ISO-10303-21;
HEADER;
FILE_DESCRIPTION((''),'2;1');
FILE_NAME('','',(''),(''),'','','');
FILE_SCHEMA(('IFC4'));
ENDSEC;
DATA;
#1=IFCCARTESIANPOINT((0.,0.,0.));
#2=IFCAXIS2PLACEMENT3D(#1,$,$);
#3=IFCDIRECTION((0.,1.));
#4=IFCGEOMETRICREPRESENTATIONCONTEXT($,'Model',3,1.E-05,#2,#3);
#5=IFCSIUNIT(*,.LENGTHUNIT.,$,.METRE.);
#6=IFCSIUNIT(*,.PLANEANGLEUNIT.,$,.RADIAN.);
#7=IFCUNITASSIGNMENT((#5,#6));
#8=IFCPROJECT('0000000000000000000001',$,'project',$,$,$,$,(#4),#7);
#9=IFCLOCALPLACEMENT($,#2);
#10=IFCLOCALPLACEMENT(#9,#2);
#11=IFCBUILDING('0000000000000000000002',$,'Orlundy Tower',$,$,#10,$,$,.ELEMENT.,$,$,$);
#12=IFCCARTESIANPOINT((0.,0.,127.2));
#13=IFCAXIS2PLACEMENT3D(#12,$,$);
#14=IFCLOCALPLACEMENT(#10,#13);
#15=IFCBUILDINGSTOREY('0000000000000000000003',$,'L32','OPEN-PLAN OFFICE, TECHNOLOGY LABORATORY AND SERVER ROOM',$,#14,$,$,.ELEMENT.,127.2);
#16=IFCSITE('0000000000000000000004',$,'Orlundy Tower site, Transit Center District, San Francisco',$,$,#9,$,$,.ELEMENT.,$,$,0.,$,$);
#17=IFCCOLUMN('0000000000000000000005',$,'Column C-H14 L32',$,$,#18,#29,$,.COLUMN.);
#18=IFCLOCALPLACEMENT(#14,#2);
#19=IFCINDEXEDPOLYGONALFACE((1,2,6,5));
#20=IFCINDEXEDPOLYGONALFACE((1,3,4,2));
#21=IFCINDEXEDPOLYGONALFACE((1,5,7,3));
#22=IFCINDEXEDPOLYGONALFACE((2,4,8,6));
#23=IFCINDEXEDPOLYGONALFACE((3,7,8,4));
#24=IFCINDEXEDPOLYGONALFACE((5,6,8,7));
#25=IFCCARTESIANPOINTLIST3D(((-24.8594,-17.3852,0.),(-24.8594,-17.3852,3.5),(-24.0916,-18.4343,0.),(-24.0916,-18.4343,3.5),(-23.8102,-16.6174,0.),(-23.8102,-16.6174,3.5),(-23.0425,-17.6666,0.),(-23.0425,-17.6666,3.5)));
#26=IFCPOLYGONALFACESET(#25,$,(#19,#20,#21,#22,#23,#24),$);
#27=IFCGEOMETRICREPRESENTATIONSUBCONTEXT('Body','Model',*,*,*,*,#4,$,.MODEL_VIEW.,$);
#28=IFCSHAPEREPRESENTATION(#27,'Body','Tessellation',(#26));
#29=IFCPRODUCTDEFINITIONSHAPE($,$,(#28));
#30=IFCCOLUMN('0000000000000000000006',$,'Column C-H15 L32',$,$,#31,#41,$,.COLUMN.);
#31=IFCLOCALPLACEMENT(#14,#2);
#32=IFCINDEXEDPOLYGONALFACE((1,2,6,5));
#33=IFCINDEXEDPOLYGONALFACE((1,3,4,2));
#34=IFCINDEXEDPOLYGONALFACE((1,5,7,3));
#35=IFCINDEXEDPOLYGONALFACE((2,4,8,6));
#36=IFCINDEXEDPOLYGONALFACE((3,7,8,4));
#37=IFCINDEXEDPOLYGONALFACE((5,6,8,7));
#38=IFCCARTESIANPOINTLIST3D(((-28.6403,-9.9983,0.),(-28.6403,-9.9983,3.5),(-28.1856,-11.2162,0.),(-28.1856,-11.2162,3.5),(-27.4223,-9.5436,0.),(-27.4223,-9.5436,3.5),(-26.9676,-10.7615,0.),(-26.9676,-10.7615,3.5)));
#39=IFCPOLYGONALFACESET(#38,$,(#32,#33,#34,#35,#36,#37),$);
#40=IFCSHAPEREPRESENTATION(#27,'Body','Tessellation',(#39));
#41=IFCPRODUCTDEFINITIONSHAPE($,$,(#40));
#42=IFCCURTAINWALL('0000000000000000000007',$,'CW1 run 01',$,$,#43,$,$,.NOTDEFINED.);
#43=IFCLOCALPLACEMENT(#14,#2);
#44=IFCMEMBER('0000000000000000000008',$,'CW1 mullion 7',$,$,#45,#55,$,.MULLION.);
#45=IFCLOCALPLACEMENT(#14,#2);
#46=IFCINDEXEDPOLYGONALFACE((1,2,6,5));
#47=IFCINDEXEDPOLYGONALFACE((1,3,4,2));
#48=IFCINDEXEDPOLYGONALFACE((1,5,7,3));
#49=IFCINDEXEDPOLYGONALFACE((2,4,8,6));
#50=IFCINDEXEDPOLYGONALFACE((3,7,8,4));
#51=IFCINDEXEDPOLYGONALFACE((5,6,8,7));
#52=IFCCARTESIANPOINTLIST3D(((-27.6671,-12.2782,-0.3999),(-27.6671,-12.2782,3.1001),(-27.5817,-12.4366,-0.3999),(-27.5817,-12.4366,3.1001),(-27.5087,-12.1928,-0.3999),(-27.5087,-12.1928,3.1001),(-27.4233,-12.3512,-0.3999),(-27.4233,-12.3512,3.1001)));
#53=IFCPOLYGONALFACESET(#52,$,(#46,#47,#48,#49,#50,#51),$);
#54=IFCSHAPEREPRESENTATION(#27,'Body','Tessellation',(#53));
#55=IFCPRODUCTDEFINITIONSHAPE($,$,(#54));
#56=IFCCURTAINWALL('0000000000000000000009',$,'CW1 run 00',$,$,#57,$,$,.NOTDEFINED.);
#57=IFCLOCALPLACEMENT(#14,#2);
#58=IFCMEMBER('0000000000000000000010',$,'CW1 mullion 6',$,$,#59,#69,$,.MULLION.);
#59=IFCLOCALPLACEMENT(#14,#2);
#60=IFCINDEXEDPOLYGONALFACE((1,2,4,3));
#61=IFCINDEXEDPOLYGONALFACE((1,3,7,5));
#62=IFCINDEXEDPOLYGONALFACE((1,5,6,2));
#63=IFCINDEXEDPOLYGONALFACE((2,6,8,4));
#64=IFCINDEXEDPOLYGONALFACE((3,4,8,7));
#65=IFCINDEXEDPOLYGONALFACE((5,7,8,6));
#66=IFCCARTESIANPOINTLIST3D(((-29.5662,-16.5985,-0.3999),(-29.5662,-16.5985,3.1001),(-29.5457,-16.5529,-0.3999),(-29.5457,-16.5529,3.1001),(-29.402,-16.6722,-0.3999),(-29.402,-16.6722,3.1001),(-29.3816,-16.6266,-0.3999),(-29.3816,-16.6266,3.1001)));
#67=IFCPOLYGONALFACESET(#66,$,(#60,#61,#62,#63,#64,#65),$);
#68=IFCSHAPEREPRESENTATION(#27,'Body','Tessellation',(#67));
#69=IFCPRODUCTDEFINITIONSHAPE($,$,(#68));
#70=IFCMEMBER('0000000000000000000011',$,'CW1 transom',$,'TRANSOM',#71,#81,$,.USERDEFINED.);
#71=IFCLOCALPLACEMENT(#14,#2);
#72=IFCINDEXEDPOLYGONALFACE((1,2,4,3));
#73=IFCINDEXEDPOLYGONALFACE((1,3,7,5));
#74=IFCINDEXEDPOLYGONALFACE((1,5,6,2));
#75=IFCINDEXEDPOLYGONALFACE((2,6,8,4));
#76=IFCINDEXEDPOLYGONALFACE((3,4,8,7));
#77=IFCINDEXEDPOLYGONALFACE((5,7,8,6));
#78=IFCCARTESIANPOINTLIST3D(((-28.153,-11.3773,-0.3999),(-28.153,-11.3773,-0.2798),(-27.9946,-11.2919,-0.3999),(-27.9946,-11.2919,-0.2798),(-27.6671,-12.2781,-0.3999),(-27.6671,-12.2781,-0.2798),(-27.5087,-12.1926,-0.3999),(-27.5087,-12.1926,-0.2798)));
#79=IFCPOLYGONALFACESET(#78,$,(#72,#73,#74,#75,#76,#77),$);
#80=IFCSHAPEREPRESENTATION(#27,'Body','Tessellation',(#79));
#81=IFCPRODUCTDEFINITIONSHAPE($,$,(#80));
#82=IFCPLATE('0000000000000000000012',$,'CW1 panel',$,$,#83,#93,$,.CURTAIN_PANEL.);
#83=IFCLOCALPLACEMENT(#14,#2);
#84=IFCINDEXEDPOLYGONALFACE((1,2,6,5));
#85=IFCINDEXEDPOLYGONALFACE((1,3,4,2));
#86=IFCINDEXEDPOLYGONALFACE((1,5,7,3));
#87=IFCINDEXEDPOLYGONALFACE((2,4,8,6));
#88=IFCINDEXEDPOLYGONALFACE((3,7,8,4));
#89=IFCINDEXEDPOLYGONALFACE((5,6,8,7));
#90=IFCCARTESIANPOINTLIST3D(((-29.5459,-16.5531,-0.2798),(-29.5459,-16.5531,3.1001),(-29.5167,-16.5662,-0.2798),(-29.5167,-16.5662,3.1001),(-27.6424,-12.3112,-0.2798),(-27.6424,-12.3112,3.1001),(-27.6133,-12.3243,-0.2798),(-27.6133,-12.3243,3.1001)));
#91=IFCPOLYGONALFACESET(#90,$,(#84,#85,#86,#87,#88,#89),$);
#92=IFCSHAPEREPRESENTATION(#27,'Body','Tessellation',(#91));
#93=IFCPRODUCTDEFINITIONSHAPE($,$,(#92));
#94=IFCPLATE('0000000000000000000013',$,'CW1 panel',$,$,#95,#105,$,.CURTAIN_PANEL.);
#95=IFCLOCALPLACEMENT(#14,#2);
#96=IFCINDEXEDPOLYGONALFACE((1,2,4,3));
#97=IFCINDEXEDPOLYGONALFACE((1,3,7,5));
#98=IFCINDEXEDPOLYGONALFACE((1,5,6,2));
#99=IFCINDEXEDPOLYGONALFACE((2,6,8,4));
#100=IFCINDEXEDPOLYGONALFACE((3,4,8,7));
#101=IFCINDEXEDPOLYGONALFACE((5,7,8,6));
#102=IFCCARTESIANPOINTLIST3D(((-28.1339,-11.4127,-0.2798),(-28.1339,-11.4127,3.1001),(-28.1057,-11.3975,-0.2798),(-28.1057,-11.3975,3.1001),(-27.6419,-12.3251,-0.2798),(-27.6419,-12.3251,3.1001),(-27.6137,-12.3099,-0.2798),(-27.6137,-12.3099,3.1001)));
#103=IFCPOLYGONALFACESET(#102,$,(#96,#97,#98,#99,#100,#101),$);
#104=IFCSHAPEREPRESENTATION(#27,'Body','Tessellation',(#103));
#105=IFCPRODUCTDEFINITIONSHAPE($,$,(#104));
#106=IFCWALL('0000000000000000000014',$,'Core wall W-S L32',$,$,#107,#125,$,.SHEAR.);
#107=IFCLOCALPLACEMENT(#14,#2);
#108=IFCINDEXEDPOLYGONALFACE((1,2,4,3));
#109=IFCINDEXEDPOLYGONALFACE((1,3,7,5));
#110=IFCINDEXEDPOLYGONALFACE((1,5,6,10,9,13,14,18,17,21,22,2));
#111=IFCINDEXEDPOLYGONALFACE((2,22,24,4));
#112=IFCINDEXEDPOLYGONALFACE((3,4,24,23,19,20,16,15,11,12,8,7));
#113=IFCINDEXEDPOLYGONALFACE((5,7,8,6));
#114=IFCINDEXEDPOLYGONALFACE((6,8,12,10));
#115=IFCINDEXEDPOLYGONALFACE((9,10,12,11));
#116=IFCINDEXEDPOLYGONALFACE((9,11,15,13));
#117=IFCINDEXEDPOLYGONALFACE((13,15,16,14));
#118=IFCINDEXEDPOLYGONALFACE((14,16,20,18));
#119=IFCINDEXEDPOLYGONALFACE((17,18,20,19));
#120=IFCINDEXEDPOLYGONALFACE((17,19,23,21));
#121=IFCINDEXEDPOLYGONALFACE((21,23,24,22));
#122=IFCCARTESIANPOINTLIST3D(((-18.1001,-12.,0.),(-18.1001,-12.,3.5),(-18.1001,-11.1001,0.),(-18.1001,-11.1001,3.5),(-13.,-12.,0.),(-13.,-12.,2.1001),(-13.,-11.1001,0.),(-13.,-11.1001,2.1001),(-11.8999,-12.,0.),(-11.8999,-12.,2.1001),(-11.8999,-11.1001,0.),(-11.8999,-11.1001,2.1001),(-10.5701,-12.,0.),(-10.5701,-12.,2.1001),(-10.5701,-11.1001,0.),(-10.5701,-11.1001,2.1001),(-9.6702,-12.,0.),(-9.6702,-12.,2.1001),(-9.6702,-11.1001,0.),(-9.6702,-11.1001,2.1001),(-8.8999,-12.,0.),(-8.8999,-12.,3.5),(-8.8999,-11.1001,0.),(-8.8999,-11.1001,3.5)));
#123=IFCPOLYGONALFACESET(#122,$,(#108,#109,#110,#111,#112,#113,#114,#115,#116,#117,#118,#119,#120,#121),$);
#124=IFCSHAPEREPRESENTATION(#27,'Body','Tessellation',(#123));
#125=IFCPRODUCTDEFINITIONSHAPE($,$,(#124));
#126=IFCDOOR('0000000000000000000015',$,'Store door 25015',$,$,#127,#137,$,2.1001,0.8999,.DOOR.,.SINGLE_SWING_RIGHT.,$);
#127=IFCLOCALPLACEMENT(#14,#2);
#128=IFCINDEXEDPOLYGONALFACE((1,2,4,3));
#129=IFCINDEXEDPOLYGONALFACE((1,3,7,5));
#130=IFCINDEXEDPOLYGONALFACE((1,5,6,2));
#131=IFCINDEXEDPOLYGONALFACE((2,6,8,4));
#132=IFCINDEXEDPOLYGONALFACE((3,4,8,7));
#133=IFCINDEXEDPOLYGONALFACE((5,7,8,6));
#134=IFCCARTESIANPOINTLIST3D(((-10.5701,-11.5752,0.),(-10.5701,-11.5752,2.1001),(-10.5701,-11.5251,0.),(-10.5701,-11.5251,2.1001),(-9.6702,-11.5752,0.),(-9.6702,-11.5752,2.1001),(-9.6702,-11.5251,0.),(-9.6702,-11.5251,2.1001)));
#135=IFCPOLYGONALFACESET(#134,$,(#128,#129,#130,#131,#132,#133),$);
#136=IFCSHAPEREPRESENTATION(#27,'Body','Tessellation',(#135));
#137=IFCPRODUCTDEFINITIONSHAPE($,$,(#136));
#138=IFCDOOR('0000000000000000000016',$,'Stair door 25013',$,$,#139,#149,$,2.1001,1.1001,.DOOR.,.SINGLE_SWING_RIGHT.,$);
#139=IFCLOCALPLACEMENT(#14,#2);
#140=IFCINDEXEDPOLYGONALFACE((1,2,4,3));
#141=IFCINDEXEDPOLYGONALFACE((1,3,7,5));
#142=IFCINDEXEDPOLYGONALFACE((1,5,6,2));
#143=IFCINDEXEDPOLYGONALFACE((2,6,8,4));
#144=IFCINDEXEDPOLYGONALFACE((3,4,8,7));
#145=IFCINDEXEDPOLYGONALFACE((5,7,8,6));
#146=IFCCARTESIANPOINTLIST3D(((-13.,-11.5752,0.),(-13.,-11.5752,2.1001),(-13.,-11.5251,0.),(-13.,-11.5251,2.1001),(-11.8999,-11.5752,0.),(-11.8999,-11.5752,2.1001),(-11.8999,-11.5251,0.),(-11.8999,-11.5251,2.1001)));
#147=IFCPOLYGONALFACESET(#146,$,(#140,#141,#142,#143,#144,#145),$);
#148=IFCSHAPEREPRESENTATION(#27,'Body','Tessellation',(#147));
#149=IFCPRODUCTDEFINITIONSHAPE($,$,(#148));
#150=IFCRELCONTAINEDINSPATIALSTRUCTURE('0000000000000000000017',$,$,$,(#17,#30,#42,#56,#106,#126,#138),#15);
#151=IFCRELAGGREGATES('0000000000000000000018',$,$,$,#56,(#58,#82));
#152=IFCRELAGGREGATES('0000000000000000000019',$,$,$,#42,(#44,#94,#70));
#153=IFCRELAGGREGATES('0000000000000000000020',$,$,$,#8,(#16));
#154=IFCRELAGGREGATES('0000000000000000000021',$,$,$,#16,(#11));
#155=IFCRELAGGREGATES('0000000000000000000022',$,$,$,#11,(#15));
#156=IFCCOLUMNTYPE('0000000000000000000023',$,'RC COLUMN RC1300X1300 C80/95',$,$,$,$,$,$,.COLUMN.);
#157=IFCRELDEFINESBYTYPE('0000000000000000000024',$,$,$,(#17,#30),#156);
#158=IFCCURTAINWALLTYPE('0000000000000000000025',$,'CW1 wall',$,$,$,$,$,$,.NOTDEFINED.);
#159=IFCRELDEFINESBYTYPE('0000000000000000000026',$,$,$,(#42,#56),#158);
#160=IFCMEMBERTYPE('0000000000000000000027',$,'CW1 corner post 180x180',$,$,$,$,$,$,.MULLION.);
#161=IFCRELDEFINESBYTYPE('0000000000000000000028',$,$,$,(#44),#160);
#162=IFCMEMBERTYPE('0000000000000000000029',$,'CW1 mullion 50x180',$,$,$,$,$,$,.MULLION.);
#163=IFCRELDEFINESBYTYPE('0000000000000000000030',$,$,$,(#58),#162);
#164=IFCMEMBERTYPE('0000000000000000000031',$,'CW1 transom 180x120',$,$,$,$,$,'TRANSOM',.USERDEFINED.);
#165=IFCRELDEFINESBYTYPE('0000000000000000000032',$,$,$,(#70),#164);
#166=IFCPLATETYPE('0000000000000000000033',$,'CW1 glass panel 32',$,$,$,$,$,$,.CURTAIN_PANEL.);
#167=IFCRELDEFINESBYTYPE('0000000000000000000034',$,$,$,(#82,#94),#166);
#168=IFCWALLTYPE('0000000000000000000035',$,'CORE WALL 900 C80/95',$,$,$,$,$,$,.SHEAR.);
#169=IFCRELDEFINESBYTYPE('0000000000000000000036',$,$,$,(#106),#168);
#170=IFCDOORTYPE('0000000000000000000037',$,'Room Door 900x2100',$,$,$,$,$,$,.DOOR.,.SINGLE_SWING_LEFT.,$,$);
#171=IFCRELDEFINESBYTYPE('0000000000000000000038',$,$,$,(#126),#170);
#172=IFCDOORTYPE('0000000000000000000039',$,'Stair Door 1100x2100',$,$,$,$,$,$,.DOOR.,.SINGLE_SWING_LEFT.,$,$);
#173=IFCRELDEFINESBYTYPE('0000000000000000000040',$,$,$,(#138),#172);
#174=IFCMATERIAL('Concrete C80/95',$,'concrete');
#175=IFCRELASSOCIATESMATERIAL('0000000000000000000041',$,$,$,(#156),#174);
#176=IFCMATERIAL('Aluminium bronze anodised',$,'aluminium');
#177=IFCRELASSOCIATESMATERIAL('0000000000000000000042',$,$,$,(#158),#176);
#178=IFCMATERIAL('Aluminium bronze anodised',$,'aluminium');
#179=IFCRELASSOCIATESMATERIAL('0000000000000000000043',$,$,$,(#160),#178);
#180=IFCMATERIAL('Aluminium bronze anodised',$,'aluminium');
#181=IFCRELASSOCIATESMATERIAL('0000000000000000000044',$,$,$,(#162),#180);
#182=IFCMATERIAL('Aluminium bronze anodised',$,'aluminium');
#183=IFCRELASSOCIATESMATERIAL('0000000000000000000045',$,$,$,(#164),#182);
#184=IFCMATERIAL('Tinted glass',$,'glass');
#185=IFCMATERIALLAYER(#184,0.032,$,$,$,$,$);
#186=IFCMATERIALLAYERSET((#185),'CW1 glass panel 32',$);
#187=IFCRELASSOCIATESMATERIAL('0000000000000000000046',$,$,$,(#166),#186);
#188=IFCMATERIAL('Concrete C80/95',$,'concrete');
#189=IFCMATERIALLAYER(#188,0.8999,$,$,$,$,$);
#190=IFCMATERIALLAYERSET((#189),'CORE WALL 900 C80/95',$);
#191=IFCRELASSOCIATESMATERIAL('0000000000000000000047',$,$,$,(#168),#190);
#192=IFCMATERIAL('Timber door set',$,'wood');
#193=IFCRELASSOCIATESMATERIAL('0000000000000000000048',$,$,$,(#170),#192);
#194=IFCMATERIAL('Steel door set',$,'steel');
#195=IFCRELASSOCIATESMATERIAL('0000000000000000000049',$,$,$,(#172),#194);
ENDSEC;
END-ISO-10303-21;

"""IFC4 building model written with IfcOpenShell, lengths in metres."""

from ifc_helpers import new_model, si_unit, direction, frame, frame_2d, origin, origin_2d, place, context, subcontext, project, spatial, rectangle, extrude, material, layer, layer_set, material_profile, profile_set, type_object, element, fill, aggregate, save


model = new_model("IFC4")

# Units and contexts
model_context = context("Model", 3, precision=1e-05, world=origin(), true_north=direction((0.0, 1.0)))
body_context = subcontext(model_context, "Body", "Model", "MODEL_VIEW")
ifc_project = project(units=[si_unit("LENGTHUNIT", "METRE"), si_unit("PLANEANGLEUNIT", "RADIAN")], contexts=[model_context])

# Site, building, storey
site_placement = place(None, origin())
site = spatial("IfcSite", under=ifc_project, at=site_placement, Name="Orlundy Tower site, Transit Center District, San Francisco", CompositionType="ELEMENT", RefElevation=0.0)
building_placement = place(site_placement, origin())
building = spatial("IfcBuilding", under=site, at=building_placement, Name="Orlundy Tower", CompositionType="ELEMENT")
storey_placement = place(building_placement, frame((0.0, 0.0, 127.2)))
storey = spatial("IfcBuildingStorey", under=building, at=storey_placement, Name="L32", Description="OPEN-PLAN OFFICE, TECHNOLOGY LABORATORY AND SERVER ROOM", CompositionType="ELEMENT", Elevation=127.2)

# Columns
ifc_material_1 = material(Name="Concrete C80/95", Category="concrete")
ifc_material_profile_1 = material_profile(ifc_material_1, rectangle(XDim=1.3, YDim=1.3, at=origin_2d()), Name="RC1300X1300")
ifc_profile_set_1 = profile_set([ifc_material_profile_1], Name="Concrete C80/95")
column_type = type_object("IfcColumnType", Name="RC COLUMN RC1300X1300 C80/95", PredefinedType="COLUMN", material=ifc_profile_set_1)
for number, where, z_axis, x_axis, name in (
    (1, (-23.9509, -17.5259, 0.0), (0.0, 0.0, 1.0), (-0.807012, -0.590535, 0.0), "Column C-H14 L32"),
    (2, (-27.804, -10.3799, 0.0), (0.0, 0.0, 1.0), (-0.936843, -0.34975, 0.0), "Column C-H15 L32"),
):
    element("IfcColumn", number, at=place(storey_placement, frame(where, z_axis=z_axis, x_axis=x_axis)), inside=storey, type_object=column_type, Name=name, PredefinedType="COLUMN", context=body_context, shape_type="SweptSolid", body=[
        extrude(rectangle(XDim=1.3, YDim=1.3, at=origin_2d()), origin(), (0.0, 0.0, 1.0), 3.5),
    ])

# Curtain walls, members
ifc_material_2 = material(Name="Aluminium bronze anodised", Category="aluminium")
curtain_wall_type = type_object("IfcCurtainWallType", Name="CW1 wall", PredefinedType="NOTDEFINED", material=ifc_material_2)
curtain_wall_1_placement = place(storey_placement, origin())
curtain_wall_1 = element("IfcCurtainWall", 3, at=curtain_wall_1_placement, inside=storey, type_object=curtain_wall_type, Name="CW1 run 01", PredefinedType="NOTDEFINED")
ifc_material_3 = material(Name="Aluminium bronze anodised", Category="aluminium")
ifc_material_profile_2 = material_profile(ifc_material_3, rectangle(XDim=0.1799, YDim=0.1799, at=origin_2d()), Name="CW1 corner post 180x180")
ifc_profile_set_2 = profile_set([ifc_material_profile_2], Name="Aluminium bronze anodised")
member_type_1 = type_object("IfcMemberType", Name="CW1 corner post 180x180", PredefinedType="MULLION", material=ifc_profile_set_2)
member_1_placement = place(storey_placement, frame((-27.5452, -12.3147, -0.3999), z_axis=(0.0, 0.0, 1.0), x_axis=(-0.880189, -0.474624, 0.0)))
member_1 = element("IfcMember", 4, at=member_1_placement, type_object=member_type_1, Name="CW1 mullion 7", PredefinedType="MULLION", context=body_context, shape_type="SweptSolid", body=[
    extrude(rectangle(XDim=0.1799, YDim=0.1799, at=origin_2d()), origin(), (0.0, 0.0, 1.0), 3.5),
])
curtain_wall_2_placement = place(storey_placement, origin())
curtain_wall_2 = element("IfcCurtainWall", 5, at=curtain_wall_2_placement, inside=storey, type_object=curtain_wall_type, Name="CW1 run 00", PredefinedType="NOTDEFINED")
ifc_material_4 = material(Name="Aluminium bronze anodised", Category="aluminium")
ifc_material_profile_3 = material_profile(ifc_material_4, rectangle(XDim=0.1799, YDim=0.05, at=origin_2d()), Name="CW1 mullion 50x180")
ifc_profile_set_3 = profile_set([ifc_material_profile_3], Name="Aluminium bronze anodised")
member_type_2 = type_object("IfcMemberType", Name="CW1 mullion 50x180", PredefinedType="MULLION", material=ifc_profile_set_3)
member_2_placement = place(storey_placement, frame((-29.4739, -16.6125, -0.3999), z_axis=(0.0, 0.0, 1.0), x_axis=(-0.912353, 0.409404, 0.0)))
member_2 = element("IfcMember", 6, at=member_2_placement, type_object=member_type_2, Name="CW1 mullion 6", PredefinedType="MULLION", context=body_context, shape_type="SweptSolid", body=[
    extrude(rectangle(XDim=0.1799, YDim=0.05, at=origin_2d()), origin(), (0.0, 0.0, 1.0), 3.5),
])

# Member
ifc_material_5 = material(Name="Aluminium bronze anodised", Category="aluminium")
ifc_material_profile_4 = material_profile(ifc_material_5, rectangle(XDim=0.1799, YDim=0.1201, at=origin_2d()), Name="CW1 transom 180x120")
ifc_profile_set_4 = profile_set([ifc_material_profile_4], Name="Aluminium bronze anodised")
member_type_3 = type_object("IfcMemberType", Name="CW1 transom 180x120", ElementType="TRANSOM", PredefinedType="USERDEFINED", material=ifc_profile_set_4)
member_3_placement = place(storey_placement, frame((-27.5879, -12.2354, -0.3398), z_axis=(-0.474768, 0.880111, 0.0), x_axis=(-0.880111, -0.474768, 0.0)))
member_3 = element("IfcMember", 7, at=member_3_placement, type_object=member_type_3, Name="CW1 transom", ObjectType="TRANSOM", PredefinedType="USERDEFINED", context=body_context, shape_type="SweptSolid", body=[
    extrude(rectangle(XDim=0.1799, YDim=0.1201, at=origin_2d()), origin(), (0.0, 0.0, 1.0), 1.0234),
])

# Plates
ifc_material_6 = material(Name="Tinted glass", Category="glass")
ifc_layer_1 = layer(ifc_material_6, 0.032)
ifc_layer_set_1 = layer_set([ifc_layer_1], Name="CW1 glass panel 32")
plate_type = type_object("IfcPlateType", Name="CW1 glass panel 32", PredefinedType="CURTAIN_PANEL", material=ifc_layer_set_1)
plate_1_placement = place(storey_placement, frame((-28.5796, -14.4387, -0.2798), z_axis=(0.0, 0.0, 1.0), x_axis=(0.409404, 0.912353, 0.0)))
plate_1 = element("IfcPlate", 8, at=plate_1_placement, type_object=plate_type, Name="CW1 panel", PredefinedType="CURTAIN_PANEL", context=body_context, shape_type="SweptSolid", body=[
    extrude(rectangle(XDim=4.6494, YDim=0.032, at=origin_2d()), origin(), (0.0, 0.0, 1.0), 3.3799),
])
aggregate(curtain_wall_2, [member_2, plate_1])
plate_2_placement = place(storey_placement, frame((-27.8738, -11.8613, -0.2798), z_axis=(0.0, 0.0, 1.0), x_axis=(-0.474624, 0.880189, 0.0)))
plate_2 = element("IfcPlate", 9, at=plate_2_placement, type_object=plate_type, Name="CW1 panel", PredefinedType="CURTAIN_PANEL", context=body_context, shape_type="SweptSolid", body=[
    extrude(rectangle(XDim=1.0366, YDim=0.032, at=origin_2d()), origin(), (0.0, 0.0, 1.0), 3.3799),
])
aggregate(curtain_wall_1, [member_1, plate_2, member_3])

# Wall, openings, doors
ifc_material_7 = material(Name="Concrete C80/95", Category="concrete")
ifc_layer_2 = layer(ifc_material_7, 0.8999)
ifc_layer_set_2 = layer_set([ifc_layer_2], Name="CORE WALL 900 C80/95")
wall_type_1 = type_object("IfcWallType", Name="CORE WALL 900 C80/95", PredefinedType="SHEAR", material=ifc_layer_set_2)
wall_1_placement = place(storey_placement, frame((-18.1001, -11.55, 0.0), z_axis=(0.0, 0.0, 1.0), x_axis=(1.0, 0.0, 0.0)))
wall_1 = element("IfcWall", 10, at=wall_1_placement, inside=storey, type_object=wall_type_1, Name="Core wall W-S L32", PredefinedType="SHEAR", context=body_context, shape_type="SweptSolid", body=[
    extrude(rectangle(XDim=9.2002, YDim=0.8999, at=frame_2d((4.6001, 0.0))), origin(), (0.0, 0.0, 1.0), 3.5),
])
opening_1_placement = place(wall_1_placement, frame((5.1001, 0.0, 0.0)))
opening_1 = element("IfcOpeningElement", 11, at=opening_1_placement, cuts=wall_1, PredefinedType="OPENING", context=body_context, shape_type="SweptSolid", body=[
    extrude(rectangle(XDim=1.1001, YDim=2.1001, at=frame_2d((0.55, 1.05))), frame((0.0, 0.46, 0.0), z_axis=(0.0, -1.0, 0.0), x_axis=(1.0, 0.0, 0.0)), (0.0, 0.0, 1.0), 0.9199),
])
opening_2_placement = place(wall_1_placement, frame((7.53, 0.0, 0.0)))
opening_2 = element("IfcOpeningElement", 12, at=opening_2_placement, cuts=wall_1, PredefinedType="OPENING", context=body_context, shape_type="SweptSolid", body=[
    extrude(rectangle(XDim=0.8999, YDim=2.1001, at=frame_2d((0.45, 1.05))), frame((0.0, 0.46, 0.0), z_axis=(0.0, -1.0, 0.0), x_axis=(1.0, 0.0, 0.0)), (0.0, 0.0, 1.0), 0.9199),
])
ifc_material_8 = material(Name="Timber door set", Category="wood")
door_type_1 = type_object("IfcDoorType", Name="Room Door 900x2100", OperationType="SINGLE_SWING_LEFT", PredefinedType="DOOR", material=ifc_material_8)
door_1_placement = place(opening_2_placement, origin())
door_1 = element("IfcDoor", 13, at=door_1_placement, inside=storey, type_object=door_type_1, Name="Store door 25015", OperationType="SINGLE_SWING_RIGHT", OverallHeight=2.1001, OverallWidth=0.8999, PredefinedType="DOOR", context=body_context, shape_type="SweptSolid", body=[
    extrude(rectangle(XDim=0.8999, YDim=2.1001, at=frame_2d((0.45, 1.05))), frame((0.0, 0.0249, 0.0), z_axis=(0.0, -1.0, 0.0), x_axis=(1.0, 0.0, 0.0)), (0.0, 0.0, 1.0), 0.05),
])
fill(opening_2, door_1)
ifc_material_9 = material(Name="Steel door set", Category="steel")
door_type_2 = type_object("IfcDoorType", Name="Stair Door 1100x2100", OperationType="SINGLE_SWING_LEFT", PredefinedType="DOOR", material=ifc_material_9)
door_2_placement = place(opening_1_placement, origin())
door_2 = element("IfcDoor", 14, at=door_2_placement, inside=storey, type_object=door_type_2, Name="Stair door 25013", OperationType="SINGLE_SWING_RIGHT", OverallHeight=2.1001, OverallWidth=1.1001, PredefinedType="DOOR", context=body_context, shape_type="SweptSolid", body=[
    extrude(rectangle(XDim=1.1001, YDim=2.1001, at=frame_2d((0.55, 1.05))), frame((0.0, 0.0249, 0.0), z_axis=(0.0, -1.0, 0.0), x_axis=(1.0, 0.0, 0.0)), (0.0, 0.0, 1.0), 0.05),
])
fill(opening_1, door_2)

save(model, "model.ifc")
